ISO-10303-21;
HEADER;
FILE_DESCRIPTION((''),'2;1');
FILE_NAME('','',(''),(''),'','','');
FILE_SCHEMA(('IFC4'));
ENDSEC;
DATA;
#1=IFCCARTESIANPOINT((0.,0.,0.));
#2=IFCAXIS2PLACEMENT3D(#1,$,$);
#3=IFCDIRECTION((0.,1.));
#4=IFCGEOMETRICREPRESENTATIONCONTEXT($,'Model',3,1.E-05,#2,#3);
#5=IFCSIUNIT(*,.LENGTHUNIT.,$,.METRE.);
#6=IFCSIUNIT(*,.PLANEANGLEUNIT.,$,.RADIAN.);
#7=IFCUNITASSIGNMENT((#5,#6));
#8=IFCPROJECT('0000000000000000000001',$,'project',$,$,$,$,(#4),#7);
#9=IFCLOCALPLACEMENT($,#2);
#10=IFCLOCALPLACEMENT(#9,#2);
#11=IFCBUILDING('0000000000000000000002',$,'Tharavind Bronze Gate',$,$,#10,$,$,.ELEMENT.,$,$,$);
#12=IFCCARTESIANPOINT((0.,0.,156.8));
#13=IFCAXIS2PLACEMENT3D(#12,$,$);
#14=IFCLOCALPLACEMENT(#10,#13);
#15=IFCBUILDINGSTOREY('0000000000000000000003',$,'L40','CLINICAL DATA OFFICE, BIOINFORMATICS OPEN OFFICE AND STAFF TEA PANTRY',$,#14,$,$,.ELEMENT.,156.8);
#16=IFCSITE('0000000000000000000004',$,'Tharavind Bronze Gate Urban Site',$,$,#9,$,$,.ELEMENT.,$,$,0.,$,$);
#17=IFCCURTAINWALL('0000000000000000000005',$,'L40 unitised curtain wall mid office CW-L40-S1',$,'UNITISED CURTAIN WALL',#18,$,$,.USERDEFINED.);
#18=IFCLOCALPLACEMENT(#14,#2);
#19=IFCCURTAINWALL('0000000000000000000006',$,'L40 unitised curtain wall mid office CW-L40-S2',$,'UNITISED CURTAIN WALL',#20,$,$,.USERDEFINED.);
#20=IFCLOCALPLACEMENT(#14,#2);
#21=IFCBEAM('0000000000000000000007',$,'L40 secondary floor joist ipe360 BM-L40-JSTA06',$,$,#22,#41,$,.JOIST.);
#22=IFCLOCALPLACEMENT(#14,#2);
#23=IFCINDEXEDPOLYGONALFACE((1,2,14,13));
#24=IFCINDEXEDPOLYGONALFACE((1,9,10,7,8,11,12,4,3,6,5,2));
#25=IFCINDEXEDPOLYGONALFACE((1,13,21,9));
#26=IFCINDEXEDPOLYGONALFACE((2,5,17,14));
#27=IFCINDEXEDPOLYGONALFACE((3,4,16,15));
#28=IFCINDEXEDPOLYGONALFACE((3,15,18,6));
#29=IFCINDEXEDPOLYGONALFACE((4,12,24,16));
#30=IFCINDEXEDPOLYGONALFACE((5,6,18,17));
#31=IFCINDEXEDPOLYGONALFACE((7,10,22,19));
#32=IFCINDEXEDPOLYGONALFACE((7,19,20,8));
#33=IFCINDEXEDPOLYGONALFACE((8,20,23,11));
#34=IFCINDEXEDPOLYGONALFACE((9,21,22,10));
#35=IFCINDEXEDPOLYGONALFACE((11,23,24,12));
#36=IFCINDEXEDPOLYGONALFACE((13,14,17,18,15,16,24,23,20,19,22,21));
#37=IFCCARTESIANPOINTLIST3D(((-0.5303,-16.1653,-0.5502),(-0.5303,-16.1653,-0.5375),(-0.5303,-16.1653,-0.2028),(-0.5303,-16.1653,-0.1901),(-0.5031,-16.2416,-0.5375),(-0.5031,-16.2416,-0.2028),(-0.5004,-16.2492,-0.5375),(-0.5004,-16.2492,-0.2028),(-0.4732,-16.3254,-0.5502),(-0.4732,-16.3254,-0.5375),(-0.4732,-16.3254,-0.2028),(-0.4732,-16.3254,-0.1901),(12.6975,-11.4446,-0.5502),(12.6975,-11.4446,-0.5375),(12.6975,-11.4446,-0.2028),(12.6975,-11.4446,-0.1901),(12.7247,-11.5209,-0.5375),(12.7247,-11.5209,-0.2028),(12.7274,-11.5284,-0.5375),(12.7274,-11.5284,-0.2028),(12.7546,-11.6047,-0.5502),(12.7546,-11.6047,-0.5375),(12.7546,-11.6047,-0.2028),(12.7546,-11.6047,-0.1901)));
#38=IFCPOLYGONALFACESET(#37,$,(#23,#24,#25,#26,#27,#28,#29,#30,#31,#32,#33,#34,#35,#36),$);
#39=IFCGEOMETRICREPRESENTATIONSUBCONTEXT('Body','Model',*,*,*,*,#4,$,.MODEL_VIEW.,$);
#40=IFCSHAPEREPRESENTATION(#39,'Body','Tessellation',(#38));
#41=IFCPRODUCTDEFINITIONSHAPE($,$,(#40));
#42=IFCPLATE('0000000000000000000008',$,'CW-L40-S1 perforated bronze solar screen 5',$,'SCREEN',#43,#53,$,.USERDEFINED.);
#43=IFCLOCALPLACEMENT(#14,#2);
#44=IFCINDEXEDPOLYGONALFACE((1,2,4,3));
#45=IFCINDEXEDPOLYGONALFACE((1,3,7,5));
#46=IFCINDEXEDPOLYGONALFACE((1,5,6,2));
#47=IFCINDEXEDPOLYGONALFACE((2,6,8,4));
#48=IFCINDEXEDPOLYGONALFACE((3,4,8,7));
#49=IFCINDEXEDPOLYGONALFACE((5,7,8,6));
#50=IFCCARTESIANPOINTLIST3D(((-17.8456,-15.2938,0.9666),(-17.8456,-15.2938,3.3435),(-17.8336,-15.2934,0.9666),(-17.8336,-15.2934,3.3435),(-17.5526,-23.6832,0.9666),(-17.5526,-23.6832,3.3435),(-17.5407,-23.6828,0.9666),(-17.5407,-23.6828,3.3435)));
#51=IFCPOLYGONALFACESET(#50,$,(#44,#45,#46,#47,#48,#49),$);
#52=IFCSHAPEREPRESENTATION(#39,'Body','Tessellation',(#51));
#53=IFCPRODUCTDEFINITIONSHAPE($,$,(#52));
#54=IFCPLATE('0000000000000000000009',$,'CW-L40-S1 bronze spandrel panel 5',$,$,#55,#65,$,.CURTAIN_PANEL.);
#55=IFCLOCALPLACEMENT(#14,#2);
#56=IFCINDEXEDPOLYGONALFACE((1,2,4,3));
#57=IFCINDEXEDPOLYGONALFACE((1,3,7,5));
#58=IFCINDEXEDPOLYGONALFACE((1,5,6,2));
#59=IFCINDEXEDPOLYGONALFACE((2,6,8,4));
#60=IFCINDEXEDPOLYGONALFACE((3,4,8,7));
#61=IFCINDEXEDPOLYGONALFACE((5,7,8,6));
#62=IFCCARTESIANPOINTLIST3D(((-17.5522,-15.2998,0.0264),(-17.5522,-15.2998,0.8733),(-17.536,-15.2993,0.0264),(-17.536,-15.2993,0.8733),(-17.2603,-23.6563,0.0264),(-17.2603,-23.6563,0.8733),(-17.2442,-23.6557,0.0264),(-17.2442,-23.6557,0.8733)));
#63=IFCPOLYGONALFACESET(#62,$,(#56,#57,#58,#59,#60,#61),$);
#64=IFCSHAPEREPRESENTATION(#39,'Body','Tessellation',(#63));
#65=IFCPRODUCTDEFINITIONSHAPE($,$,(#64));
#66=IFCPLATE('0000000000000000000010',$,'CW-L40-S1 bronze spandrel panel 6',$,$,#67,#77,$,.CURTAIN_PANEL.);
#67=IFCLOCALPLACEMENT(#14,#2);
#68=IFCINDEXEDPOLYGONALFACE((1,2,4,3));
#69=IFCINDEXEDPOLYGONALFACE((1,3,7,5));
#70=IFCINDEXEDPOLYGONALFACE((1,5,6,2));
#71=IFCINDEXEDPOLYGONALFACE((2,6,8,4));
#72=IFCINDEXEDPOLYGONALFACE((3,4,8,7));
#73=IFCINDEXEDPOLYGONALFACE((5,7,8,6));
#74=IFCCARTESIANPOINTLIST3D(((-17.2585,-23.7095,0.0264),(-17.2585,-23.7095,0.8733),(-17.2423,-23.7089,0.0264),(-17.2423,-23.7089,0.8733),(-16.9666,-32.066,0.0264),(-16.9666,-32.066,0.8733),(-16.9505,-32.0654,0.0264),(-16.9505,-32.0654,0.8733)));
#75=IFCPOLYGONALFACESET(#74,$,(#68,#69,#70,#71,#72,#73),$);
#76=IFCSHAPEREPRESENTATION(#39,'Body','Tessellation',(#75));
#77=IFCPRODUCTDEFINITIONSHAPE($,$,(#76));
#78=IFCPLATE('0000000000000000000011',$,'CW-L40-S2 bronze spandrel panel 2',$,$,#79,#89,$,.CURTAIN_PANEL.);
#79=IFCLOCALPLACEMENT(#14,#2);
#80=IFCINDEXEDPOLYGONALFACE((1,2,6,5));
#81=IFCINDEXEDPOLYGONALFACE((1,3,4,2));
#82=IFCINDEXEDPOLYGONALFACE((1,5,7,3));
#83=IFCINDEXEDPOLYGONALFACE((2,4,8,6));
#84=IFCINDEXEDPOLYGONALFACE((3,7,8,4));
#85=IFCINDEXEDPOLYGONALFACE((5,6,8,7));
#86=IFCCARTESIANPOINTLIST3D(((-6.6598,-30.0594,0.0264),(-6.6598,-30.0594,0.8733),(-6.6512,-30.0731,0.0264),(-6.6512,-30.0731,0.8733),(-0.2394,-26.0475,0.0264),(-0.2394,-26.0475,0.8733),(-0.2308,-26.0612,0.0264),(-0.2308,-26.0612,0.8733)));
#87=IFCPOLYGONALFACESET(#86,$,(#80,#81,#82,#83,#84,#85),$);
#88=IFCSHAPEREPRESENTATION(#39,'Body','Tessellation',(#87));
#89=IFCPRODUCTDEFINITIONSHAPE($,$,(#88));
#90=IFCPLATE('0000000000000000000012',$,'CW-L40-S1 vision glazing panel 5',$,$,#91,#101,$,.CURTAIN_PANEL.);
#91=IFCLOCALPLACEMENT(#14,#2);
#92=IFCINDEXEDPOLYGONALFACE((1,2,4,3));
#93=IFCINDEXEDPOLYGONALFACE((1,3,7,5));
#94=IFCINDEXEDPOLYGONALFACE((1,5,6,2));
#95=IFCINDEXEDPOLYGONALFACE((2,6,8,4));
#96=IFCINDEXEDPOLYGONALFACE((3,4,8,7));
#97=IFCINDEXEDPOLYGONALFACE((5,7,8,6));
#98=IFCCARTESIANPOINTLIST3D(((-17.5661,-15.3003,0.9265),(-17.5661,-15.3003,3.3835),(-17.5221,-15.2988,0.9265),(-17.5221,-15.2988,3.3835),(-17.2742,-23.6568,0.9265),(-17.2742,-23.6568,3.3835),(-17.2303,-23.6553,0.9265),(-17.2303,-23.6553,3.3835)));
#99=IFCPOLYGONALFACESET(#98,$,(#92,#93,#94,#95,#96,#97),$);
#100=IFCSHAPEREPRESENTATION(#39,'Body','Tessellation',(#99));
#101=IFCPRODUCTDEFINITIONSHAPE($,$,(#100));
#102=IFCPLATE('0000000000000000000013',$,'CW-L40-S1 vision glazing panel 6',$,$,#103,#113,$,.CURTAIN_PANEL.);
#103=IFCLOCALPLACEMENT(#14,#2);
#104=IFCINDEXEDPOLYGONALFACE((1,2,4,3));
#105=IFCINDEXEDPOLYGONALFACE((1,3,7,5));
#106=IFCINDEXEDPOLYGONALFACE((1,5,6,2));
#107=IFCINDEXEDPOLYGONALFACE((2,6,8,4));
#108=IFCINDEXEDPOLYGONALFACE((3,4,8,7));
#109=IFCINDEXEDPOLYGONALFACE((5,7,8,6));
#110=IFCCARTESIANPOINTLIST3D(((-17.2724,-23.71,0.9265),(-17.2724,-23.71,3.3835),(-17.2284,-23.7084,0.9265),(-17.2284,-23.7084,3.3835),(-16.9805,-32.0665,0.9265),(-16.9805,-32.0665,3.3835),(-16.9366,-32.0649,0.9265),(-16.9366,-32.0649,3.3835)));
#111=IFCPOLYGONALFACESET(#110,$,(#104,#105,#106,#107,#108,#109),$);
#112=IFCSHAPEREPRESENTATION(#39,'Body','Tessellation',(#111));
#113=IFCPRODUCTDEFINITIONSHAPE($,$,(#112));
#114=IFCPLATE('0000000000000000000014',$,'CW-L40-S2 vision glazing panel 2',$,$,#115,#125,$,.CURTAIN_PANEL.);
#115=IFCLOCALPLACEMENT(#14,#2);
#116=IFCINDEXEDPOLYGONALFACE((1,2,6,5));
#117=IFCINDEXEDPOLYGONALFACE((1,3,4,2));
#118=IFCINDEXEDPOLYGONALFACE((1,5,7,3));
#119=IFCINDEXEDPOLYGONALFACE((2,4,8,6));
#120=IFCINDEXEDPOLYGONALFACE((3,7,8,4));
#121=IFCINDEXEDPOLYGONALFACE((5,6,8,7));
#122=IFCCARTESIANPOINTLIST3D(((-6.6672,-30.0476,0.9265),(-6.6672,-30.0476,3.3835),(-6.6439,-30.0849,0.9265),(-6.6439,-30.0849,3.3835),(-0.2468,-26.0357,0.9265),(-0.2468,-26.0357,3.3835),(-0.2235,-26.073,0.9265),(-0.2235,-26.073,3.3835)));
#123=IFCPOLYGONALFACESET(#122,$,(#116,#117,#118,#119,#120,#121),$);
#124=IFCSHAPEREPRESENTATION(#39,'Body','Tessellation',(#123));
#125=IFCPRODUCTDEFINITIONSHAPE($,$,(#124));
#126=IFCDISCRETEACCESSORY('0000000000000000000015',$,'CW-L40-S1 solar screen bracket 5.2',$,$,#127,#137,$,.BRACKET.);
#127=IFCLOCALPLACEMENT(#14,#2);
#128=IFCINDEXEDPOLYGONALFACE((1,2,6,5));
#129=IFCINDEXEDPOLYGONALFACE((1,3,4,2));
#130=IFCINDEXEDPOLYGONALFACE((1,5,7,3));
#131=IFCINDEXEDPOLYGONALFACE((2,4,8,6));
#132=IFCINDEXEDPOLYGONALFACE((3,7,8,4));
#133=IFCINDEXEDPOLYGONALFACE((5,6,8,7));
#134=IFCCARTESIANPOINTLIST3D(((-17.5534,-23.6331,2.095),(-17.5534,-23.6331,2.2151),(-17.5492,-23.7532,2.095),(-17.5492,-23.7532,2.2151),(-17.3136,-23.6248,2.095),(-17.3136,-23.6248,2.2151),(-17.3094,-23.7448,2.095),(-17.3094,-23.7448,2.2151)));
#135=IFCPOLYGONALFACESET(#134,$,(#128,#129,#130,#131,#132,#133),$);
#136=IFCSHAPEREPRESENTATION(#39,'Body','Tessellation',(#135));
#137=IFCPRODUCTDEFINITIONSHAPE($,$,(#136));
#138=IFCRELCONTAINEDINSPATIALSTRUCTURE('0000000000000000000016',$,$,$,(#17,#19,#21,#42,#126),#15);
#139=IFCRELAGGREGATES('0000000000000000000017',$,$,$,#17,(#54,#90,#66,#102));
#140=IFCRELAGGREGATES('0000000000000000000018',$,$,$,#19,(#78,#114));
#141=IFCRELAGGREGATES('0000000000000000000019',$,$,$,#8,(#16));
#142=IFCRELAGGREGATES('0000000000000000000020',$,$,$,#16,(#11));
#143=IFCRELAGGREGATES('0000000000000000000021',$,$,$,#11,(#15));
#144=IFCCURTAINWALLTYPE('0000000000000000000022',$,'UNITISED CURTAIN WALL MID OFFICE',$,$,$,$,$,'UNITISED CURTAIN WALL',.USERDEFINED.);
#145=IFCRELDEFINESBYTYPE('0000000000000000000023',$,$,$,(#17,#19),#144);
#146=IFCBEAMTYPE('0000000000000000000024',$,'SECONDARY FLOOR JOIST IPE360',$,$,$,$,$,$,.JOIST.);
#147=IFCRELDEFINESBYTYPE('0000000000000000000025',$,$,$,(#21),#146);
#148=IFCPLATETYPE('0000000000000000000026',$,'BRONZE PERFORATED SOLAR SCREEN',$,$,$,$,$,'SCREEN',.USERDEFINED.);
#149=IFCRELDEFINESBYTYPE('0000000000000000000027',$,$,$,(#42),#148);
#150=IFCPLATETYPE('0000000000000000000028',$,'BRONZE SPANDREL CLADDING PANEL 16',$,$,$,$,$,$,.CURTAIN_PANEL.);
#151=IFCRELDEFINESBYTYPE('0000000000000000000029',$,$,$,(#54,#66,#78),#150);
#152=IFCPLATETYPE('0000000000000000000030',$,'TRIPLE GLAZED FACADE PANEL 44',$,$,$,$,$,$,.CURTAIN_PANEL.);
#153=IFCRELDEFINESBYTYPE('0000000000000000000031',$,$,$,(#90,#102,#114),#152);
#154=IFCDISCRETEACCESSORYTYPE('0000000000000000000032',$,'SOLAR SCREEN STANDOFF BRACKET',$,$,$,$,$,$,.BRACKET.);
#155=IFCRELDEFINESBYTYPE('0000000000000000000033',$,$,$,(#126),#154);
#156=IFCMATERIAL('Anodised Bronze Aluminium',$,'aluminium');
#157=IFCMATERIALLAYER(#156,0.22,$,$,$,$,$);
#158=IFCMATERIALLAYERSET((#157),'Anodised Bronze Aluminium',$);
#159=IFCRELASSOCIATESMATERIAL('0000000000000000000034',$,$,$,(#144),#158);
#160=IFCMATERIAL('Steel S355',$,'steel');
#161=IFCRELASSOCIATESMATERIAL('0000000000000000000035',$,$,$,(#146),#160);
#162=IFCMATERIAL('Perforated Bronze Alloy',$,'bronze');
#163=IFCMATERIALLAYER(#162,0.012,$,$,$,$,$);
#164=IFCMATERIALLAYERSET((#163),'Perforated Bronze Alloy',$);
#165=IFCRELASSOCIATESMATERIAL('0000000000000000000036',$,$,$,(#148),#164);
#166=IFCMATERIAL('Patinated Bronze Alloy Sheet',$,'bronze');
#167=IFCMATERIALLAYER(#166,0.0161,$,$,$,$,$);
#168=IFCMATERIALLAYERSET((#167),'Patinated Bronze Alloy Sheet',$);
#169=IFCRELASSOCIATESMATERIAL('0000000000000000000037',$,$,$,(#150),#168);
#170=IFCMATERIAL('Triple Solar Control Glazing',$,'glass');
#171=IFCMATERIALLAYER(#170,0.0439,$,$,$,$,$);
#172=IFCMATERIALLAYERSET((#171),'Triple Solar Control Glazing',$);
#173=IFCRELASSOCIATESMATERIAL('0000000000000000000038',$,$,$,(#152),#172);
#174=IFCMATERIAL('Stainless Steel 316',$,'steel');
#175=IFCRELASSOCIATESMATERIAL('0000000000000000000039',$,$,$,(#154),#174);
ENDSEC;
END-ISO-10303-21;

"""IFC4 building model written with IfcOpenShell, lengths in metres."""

from ifc_helpers import new_model, si_unit, direction, frame, origin, origin_2d, place, context, subcontext, project, spatial, rectangle, i_section, extrude, material, layer, layer_set, material_profile, profile_set, type_object, element, aggregate, save


model = new_model("IFC4")

# Units and contexts
model_context = context("Model", 3, precision=1e-05, world=origin(), true_north=direction((0.0, 1.0)))
body_context = subcontext(model_context, "Body", "Model", "MODEL_VIEW")
ifc_project = project(units=[si_unit("LENGTHUNIT", "METRE"), si_unit("PLANEANGLEUNIT", "RADIAN")], contexts=[model_context])

# Site, building, storey
site_placement = place(None, origin())
site = spatial("IfcSite", under=ifc_project, at=site_placement, Name="Tharavind Bronze Gate Urban Site", CompositionType="ELEMENT", RefElevation=0.0)
building_placement = place(site_placement, origin())
building = spatial("IfcBuilding", under=site, at=building_placement, Name="Tharavind Bronze Gate", CompositionType="ELEMENT")
storey_placement = place(building_placement, frame((0.0, 0.0, 156.8)))
storey = spatial("IfcBuildingStorey", under=building, at=storey_placement, Name="L40", Description="CLINICAL DATA OFFICE, BIOINFORMATICS OPEN OFFICE AND STAFF TEA PANTRY", CompositionType="ELEMENT", Elevation=156.8)

# Curtain walls
ifc_material_1 = material(Name="Anodised Bronze Aluminium", Category="aluminium")
ifc_layer_1 = layer(ifc_material_1, 0.22)
ifc_layer_set_1 = layer_set([ifc_layer_1], Name="Anodised Bronze Aluminium")
curtain_wall_type = type_object("IfcCurtainWallType", Name="UNITISED CURTAIN WALL MID OFFICE", ElementType="UNITISED CURTAIN WALL", PredefinedType="USERDEFINED", material=ifc_layer_set_1)
curtain_wall_1_placement = place(storey_placement, origin())
curtain_wall_1 = element("IfcCurtainWall", 1, at=curtain_wall_1_placement, inside=storey, type_object=curtain_wall_type, Name="L40 unitised curtain wall mid office CW-L40-S1", ObjectType="UNITISED CURTAIN WALL", PredefinedType="USERDEFINED")
curtain_wall_2_placement = place(storey_placement, origin())
curtain_wall_2 = element("IfcCurtainWall", 2, at=curtain_wall_2_placement, inside=storey, type_object=curtain_wall_type, Name="L40 unitised curtain wall mid office CW-L40-S2", ObjectType="UNITISED CURTAIN WALL", PredefinedType="USERDEFINED")

# Beam
ifc_material_2 = material(Name="Steel S355", Category="steel")
ifc_material_profile = material_profile(ifc_material_2, i_section(OverallWidth=0.1699, OverallDepth=0.3601, WebThickness=0.0081, FlangeThickness=0.0127, at=origin_2d()), Name="IPE360")
ifc_profile_set = profile_set([ifc_material_profile], Name="Steel S355")
beam_type = type_object("IfcBeamType", Name="SECONDARY FLOOR JOIST IPE360", PredefinedType="JOIST", material=ifc_profile_set)
beam_1_placement = place(storey_placement, frame((-0.5017, -16.2454, -0.3701), z_axis=(0.941821, 0.336115, 0.0), x_axis=(-0.336115, 0.941821, 0.0)))
element("IfcBeam", 3, at=beam_1_placement, inside=storey, type_object=beam_type, Name="L40 secondary floor joist ipe360 BM-L40-JSTA06", PredefinedType="JOIST", context=body_context, shape_type="SweptSolid", body=[
    extrude(i_section(OverallWidth=0.1699, OverallDepth=0.3601, WebThickness=0.0081, FlangeThickness=0.0127, at=origin_2d()), origin(), (0.0, 0.0, 1.0), 14.0449),
])

# Plates
ifc_material_3 = material(Name="Perforated Bronze Alloy", Category="bronze")
ifc_layer_2 = layer(ifc_material_3, 0.012)
ifc_layer_set_2 = layer_set([ifc_layer_2], Name="Perforated Bronze Alloy")
plate_type_1 = type_object("IfcPlateType", Name="BRONZE PERFORATED SOLAR SCREEN", ElementType="SCREEN", PredefinedType="USERDEFINED", material=ifc_layer_set_2)
plate_1_placement = place(storey_placement, frame((-17.6931, -19.4883, 0.9666), z_axis=(0.0, 0.0, 1.0), x_axis=(0.034899, -0.999391, 0.0)))
element("IfcPlate", 4, at=plate_1_placement, inside=storey, type_object=plate_type_1, Name="CW-L40-S1 perforated bronze solar screen 5", ObjectType="SCREEN", PredefinedType="USERDEFINED", context=body_context, shape_type="SweptSolid", body=[
    extrude(rectangle(XDim=8.3945, YDim=0.012, at=origin_2d()), origin(), (0.0, 0.0, 1.0), 2.377),
])
ifc_material_4 = material(Name="Patinated Bronze Alloy Sheet", Category="bronze")
ifc_layer_3 = layer(ifc_material_4, 0.0161)
ifc_layer_set_3 = layer_set([ifc_layer_3], Name="Patinated Bronze Alloy Sheet")
plate_type_2 = type_object("IfcPlateType", Name="BRONZE SPANDREL CLADDING PANEL 16", PredefinedType="CURTAIN_PANEL", material=ifc_layer_set_3)
plate_2_placement = place(storey_placement, frame((-17.3982, -19.4778, 0.0264), z_axis=(0.0, 0.0, 1.0), x_axis=(0.034899, -0.999391, 0.0)))
plate_2 = element("IfcPlate", 5, at=plate_2_placement, type_object=plate_type_2, Name="CW-L40-S1 bronze spandrel panel 5", PredefinedType="CURTAIN_PANEL", context=body_context, shape_type="SweptSolid", body=[
    extrude(rectangle(XDim=8.3616, YDim=0.0161, at=origin_2d()), origin(), (0.0, 0.0, 1.0), 0.8469),
])
plate_3_placement = place(storey_placement, frame((-17.1045, -27.8875, 0.0264), z_axis=(0.0, 0.0, 1.0), x_axis=(0.034899, -0.999391, 0.0)))
plate_3 = element("IfcPlate", 6, at=plate_3_placement, type_object=plate_type_2, Name="CW-L40-S1 bronze spandrel panel 6", PredefinedType="CURTAIN_PANEL", context=body_context, shape_type="SweptSolid", body=[
    extrude(rectangle(XDim=8.3616, YDim=0.0161, at=origin_2d()), origin(), (0.0, 0.0, 1.0), 0.8469),
])
plate_4_placement = place(storey_placement, frame((-3.4453, -28.0603, 0.0264), z_axis=(0.0, 0.0, 1.0), x_axis=(0.848048, 0.529919, 0.0)))
plate_4 = element("IfcPlate", 7, at=plate_4_placement, type_object=plate_type_2, Name="CW-L40-S2 bronze spandrel panel 2", PredefinedType="CURTAIN_PANEL", context=body_context, shape_type="SweptSolid", body=[
    extrude(rectangle(XDim=7.5708, YDim=0.0161, at=origin_2d()), origin(), (0.0, 0.0, 1.0), 0.8469),
])
ifc_material_5 = material(Name="Triple Solar Control Glazing", Category="glass")
ifc_layer_4 = layer(ifc_material_5, 0.0439)
ifc_layer_set_4 = layer_set([ifc_layer_4], Name="Triple Solar Control Glazing")
plate_type_3 = type_object("IfcPlateType", Name="TRIPLE GLAZED FACADE PANEL 44", PredefinedType="CURTAIN_PANEL", material=ifc_layer_set_4)
plate_5_placement = place(storey_placement, frame((-17.3982, -19.4778, 0.9265), z_axis=(0.0, 0.0, 1.0), x_axis=(0.034899, -0.999391, 0.0)))
plate_5 = element("IfcPlate", 8, at=plate_5_placement, type_object=plate_type_3, Name="CW-L40-S1 vision glazing panel 5", PredefinedType="CURTAIN_PANEL", context=body_context, shape_type="SweptSolid", body=[
    extrude(rectangle(XDim=8.3616, YDim=0.0439, at=origin_2d()), origin(), (0.0, 0.0, 1.0), 2.457),
])
plate_6_placement = place(storey_placement, frame((-17.1045, -27.8875, 0.9265), z_axis=(0.0, 0.0, 1.0), x_axis=(0.034899, -0.999391, 0.0)))
plate_6 = element("IfcPlate", 9, at=plate_6_placement, type_object=plate_type_3, Name="CW-L40-S1 vision glazing panel 6", PredefinedType="CURTAIN_PANEL", context=body_context, shape_type="SweptSolid", body=[
    extrude(rectangle(XDim=8.3616, YDim=0.0439, at=origin_2d()), origin(), (0.0, 0.0, 1.0), 2.457),
])
aggregate(curtain_wall_1, [plate_2, plate_5, plate_3, plate_6])
plate_7_placement = place(storey_placement, frame((-3.4453, -28.0603, 0.9265), z_axis=(0.0, 0.0, 1.0), x_axis=(0.848048, 0.529919, 0.0)))
plate_7 = element("IfcPlate", 10, at=plate_7_placement, type_object=plate_type_3, Name="CW-L40-S2 vision glazing panel 2", PredefinedType="CURTAIN_PANEL", context=body_context, shape_type="SweptSolid", body=[
    extrude(rectangle(XDim=7.5708, YDim=0.0439, at=origin_2d()), origin(), (0.0, 0.0, 1.0), 2.457),
])
aggregate(curtain_wall_2, [plate_4, plate_7])

# Discrete accessory
ifc_material_6 = material(Name="Stainless Steel 316", Category="steel")
discrete_accessory_type = type_object("IfcDiscreteAccessoryType", Name="SOLAR SCREEN STANDOFF BRACKET", PredefinedType="BRACKET", material=ifc_material_6)
discrete_accessory_placement = place(storey_placement, frame((-17.4314, -23.689, 2.095), z_axis=(0.0, 0.0, 1.0), x_axis=(0.034899, -0.999391, 0.0)))
element("IfcDiscreteAccessory", 11, at=discrete_accessory_placement, inside=storey, type_object=discrete_accessory_type, Name="CW-L40-S1 solar screen bracket 5.2", PredefinedType="BRACKET", context=body_context, shape_type="SweptSolid", body=[
    extrude(rectangle(XDim=0.1201, YDim=0.24, at=origin_2d()), origin(), (0.0, 0.0, 1.0), 0.1201),
])

save(model, "model.ifc")
